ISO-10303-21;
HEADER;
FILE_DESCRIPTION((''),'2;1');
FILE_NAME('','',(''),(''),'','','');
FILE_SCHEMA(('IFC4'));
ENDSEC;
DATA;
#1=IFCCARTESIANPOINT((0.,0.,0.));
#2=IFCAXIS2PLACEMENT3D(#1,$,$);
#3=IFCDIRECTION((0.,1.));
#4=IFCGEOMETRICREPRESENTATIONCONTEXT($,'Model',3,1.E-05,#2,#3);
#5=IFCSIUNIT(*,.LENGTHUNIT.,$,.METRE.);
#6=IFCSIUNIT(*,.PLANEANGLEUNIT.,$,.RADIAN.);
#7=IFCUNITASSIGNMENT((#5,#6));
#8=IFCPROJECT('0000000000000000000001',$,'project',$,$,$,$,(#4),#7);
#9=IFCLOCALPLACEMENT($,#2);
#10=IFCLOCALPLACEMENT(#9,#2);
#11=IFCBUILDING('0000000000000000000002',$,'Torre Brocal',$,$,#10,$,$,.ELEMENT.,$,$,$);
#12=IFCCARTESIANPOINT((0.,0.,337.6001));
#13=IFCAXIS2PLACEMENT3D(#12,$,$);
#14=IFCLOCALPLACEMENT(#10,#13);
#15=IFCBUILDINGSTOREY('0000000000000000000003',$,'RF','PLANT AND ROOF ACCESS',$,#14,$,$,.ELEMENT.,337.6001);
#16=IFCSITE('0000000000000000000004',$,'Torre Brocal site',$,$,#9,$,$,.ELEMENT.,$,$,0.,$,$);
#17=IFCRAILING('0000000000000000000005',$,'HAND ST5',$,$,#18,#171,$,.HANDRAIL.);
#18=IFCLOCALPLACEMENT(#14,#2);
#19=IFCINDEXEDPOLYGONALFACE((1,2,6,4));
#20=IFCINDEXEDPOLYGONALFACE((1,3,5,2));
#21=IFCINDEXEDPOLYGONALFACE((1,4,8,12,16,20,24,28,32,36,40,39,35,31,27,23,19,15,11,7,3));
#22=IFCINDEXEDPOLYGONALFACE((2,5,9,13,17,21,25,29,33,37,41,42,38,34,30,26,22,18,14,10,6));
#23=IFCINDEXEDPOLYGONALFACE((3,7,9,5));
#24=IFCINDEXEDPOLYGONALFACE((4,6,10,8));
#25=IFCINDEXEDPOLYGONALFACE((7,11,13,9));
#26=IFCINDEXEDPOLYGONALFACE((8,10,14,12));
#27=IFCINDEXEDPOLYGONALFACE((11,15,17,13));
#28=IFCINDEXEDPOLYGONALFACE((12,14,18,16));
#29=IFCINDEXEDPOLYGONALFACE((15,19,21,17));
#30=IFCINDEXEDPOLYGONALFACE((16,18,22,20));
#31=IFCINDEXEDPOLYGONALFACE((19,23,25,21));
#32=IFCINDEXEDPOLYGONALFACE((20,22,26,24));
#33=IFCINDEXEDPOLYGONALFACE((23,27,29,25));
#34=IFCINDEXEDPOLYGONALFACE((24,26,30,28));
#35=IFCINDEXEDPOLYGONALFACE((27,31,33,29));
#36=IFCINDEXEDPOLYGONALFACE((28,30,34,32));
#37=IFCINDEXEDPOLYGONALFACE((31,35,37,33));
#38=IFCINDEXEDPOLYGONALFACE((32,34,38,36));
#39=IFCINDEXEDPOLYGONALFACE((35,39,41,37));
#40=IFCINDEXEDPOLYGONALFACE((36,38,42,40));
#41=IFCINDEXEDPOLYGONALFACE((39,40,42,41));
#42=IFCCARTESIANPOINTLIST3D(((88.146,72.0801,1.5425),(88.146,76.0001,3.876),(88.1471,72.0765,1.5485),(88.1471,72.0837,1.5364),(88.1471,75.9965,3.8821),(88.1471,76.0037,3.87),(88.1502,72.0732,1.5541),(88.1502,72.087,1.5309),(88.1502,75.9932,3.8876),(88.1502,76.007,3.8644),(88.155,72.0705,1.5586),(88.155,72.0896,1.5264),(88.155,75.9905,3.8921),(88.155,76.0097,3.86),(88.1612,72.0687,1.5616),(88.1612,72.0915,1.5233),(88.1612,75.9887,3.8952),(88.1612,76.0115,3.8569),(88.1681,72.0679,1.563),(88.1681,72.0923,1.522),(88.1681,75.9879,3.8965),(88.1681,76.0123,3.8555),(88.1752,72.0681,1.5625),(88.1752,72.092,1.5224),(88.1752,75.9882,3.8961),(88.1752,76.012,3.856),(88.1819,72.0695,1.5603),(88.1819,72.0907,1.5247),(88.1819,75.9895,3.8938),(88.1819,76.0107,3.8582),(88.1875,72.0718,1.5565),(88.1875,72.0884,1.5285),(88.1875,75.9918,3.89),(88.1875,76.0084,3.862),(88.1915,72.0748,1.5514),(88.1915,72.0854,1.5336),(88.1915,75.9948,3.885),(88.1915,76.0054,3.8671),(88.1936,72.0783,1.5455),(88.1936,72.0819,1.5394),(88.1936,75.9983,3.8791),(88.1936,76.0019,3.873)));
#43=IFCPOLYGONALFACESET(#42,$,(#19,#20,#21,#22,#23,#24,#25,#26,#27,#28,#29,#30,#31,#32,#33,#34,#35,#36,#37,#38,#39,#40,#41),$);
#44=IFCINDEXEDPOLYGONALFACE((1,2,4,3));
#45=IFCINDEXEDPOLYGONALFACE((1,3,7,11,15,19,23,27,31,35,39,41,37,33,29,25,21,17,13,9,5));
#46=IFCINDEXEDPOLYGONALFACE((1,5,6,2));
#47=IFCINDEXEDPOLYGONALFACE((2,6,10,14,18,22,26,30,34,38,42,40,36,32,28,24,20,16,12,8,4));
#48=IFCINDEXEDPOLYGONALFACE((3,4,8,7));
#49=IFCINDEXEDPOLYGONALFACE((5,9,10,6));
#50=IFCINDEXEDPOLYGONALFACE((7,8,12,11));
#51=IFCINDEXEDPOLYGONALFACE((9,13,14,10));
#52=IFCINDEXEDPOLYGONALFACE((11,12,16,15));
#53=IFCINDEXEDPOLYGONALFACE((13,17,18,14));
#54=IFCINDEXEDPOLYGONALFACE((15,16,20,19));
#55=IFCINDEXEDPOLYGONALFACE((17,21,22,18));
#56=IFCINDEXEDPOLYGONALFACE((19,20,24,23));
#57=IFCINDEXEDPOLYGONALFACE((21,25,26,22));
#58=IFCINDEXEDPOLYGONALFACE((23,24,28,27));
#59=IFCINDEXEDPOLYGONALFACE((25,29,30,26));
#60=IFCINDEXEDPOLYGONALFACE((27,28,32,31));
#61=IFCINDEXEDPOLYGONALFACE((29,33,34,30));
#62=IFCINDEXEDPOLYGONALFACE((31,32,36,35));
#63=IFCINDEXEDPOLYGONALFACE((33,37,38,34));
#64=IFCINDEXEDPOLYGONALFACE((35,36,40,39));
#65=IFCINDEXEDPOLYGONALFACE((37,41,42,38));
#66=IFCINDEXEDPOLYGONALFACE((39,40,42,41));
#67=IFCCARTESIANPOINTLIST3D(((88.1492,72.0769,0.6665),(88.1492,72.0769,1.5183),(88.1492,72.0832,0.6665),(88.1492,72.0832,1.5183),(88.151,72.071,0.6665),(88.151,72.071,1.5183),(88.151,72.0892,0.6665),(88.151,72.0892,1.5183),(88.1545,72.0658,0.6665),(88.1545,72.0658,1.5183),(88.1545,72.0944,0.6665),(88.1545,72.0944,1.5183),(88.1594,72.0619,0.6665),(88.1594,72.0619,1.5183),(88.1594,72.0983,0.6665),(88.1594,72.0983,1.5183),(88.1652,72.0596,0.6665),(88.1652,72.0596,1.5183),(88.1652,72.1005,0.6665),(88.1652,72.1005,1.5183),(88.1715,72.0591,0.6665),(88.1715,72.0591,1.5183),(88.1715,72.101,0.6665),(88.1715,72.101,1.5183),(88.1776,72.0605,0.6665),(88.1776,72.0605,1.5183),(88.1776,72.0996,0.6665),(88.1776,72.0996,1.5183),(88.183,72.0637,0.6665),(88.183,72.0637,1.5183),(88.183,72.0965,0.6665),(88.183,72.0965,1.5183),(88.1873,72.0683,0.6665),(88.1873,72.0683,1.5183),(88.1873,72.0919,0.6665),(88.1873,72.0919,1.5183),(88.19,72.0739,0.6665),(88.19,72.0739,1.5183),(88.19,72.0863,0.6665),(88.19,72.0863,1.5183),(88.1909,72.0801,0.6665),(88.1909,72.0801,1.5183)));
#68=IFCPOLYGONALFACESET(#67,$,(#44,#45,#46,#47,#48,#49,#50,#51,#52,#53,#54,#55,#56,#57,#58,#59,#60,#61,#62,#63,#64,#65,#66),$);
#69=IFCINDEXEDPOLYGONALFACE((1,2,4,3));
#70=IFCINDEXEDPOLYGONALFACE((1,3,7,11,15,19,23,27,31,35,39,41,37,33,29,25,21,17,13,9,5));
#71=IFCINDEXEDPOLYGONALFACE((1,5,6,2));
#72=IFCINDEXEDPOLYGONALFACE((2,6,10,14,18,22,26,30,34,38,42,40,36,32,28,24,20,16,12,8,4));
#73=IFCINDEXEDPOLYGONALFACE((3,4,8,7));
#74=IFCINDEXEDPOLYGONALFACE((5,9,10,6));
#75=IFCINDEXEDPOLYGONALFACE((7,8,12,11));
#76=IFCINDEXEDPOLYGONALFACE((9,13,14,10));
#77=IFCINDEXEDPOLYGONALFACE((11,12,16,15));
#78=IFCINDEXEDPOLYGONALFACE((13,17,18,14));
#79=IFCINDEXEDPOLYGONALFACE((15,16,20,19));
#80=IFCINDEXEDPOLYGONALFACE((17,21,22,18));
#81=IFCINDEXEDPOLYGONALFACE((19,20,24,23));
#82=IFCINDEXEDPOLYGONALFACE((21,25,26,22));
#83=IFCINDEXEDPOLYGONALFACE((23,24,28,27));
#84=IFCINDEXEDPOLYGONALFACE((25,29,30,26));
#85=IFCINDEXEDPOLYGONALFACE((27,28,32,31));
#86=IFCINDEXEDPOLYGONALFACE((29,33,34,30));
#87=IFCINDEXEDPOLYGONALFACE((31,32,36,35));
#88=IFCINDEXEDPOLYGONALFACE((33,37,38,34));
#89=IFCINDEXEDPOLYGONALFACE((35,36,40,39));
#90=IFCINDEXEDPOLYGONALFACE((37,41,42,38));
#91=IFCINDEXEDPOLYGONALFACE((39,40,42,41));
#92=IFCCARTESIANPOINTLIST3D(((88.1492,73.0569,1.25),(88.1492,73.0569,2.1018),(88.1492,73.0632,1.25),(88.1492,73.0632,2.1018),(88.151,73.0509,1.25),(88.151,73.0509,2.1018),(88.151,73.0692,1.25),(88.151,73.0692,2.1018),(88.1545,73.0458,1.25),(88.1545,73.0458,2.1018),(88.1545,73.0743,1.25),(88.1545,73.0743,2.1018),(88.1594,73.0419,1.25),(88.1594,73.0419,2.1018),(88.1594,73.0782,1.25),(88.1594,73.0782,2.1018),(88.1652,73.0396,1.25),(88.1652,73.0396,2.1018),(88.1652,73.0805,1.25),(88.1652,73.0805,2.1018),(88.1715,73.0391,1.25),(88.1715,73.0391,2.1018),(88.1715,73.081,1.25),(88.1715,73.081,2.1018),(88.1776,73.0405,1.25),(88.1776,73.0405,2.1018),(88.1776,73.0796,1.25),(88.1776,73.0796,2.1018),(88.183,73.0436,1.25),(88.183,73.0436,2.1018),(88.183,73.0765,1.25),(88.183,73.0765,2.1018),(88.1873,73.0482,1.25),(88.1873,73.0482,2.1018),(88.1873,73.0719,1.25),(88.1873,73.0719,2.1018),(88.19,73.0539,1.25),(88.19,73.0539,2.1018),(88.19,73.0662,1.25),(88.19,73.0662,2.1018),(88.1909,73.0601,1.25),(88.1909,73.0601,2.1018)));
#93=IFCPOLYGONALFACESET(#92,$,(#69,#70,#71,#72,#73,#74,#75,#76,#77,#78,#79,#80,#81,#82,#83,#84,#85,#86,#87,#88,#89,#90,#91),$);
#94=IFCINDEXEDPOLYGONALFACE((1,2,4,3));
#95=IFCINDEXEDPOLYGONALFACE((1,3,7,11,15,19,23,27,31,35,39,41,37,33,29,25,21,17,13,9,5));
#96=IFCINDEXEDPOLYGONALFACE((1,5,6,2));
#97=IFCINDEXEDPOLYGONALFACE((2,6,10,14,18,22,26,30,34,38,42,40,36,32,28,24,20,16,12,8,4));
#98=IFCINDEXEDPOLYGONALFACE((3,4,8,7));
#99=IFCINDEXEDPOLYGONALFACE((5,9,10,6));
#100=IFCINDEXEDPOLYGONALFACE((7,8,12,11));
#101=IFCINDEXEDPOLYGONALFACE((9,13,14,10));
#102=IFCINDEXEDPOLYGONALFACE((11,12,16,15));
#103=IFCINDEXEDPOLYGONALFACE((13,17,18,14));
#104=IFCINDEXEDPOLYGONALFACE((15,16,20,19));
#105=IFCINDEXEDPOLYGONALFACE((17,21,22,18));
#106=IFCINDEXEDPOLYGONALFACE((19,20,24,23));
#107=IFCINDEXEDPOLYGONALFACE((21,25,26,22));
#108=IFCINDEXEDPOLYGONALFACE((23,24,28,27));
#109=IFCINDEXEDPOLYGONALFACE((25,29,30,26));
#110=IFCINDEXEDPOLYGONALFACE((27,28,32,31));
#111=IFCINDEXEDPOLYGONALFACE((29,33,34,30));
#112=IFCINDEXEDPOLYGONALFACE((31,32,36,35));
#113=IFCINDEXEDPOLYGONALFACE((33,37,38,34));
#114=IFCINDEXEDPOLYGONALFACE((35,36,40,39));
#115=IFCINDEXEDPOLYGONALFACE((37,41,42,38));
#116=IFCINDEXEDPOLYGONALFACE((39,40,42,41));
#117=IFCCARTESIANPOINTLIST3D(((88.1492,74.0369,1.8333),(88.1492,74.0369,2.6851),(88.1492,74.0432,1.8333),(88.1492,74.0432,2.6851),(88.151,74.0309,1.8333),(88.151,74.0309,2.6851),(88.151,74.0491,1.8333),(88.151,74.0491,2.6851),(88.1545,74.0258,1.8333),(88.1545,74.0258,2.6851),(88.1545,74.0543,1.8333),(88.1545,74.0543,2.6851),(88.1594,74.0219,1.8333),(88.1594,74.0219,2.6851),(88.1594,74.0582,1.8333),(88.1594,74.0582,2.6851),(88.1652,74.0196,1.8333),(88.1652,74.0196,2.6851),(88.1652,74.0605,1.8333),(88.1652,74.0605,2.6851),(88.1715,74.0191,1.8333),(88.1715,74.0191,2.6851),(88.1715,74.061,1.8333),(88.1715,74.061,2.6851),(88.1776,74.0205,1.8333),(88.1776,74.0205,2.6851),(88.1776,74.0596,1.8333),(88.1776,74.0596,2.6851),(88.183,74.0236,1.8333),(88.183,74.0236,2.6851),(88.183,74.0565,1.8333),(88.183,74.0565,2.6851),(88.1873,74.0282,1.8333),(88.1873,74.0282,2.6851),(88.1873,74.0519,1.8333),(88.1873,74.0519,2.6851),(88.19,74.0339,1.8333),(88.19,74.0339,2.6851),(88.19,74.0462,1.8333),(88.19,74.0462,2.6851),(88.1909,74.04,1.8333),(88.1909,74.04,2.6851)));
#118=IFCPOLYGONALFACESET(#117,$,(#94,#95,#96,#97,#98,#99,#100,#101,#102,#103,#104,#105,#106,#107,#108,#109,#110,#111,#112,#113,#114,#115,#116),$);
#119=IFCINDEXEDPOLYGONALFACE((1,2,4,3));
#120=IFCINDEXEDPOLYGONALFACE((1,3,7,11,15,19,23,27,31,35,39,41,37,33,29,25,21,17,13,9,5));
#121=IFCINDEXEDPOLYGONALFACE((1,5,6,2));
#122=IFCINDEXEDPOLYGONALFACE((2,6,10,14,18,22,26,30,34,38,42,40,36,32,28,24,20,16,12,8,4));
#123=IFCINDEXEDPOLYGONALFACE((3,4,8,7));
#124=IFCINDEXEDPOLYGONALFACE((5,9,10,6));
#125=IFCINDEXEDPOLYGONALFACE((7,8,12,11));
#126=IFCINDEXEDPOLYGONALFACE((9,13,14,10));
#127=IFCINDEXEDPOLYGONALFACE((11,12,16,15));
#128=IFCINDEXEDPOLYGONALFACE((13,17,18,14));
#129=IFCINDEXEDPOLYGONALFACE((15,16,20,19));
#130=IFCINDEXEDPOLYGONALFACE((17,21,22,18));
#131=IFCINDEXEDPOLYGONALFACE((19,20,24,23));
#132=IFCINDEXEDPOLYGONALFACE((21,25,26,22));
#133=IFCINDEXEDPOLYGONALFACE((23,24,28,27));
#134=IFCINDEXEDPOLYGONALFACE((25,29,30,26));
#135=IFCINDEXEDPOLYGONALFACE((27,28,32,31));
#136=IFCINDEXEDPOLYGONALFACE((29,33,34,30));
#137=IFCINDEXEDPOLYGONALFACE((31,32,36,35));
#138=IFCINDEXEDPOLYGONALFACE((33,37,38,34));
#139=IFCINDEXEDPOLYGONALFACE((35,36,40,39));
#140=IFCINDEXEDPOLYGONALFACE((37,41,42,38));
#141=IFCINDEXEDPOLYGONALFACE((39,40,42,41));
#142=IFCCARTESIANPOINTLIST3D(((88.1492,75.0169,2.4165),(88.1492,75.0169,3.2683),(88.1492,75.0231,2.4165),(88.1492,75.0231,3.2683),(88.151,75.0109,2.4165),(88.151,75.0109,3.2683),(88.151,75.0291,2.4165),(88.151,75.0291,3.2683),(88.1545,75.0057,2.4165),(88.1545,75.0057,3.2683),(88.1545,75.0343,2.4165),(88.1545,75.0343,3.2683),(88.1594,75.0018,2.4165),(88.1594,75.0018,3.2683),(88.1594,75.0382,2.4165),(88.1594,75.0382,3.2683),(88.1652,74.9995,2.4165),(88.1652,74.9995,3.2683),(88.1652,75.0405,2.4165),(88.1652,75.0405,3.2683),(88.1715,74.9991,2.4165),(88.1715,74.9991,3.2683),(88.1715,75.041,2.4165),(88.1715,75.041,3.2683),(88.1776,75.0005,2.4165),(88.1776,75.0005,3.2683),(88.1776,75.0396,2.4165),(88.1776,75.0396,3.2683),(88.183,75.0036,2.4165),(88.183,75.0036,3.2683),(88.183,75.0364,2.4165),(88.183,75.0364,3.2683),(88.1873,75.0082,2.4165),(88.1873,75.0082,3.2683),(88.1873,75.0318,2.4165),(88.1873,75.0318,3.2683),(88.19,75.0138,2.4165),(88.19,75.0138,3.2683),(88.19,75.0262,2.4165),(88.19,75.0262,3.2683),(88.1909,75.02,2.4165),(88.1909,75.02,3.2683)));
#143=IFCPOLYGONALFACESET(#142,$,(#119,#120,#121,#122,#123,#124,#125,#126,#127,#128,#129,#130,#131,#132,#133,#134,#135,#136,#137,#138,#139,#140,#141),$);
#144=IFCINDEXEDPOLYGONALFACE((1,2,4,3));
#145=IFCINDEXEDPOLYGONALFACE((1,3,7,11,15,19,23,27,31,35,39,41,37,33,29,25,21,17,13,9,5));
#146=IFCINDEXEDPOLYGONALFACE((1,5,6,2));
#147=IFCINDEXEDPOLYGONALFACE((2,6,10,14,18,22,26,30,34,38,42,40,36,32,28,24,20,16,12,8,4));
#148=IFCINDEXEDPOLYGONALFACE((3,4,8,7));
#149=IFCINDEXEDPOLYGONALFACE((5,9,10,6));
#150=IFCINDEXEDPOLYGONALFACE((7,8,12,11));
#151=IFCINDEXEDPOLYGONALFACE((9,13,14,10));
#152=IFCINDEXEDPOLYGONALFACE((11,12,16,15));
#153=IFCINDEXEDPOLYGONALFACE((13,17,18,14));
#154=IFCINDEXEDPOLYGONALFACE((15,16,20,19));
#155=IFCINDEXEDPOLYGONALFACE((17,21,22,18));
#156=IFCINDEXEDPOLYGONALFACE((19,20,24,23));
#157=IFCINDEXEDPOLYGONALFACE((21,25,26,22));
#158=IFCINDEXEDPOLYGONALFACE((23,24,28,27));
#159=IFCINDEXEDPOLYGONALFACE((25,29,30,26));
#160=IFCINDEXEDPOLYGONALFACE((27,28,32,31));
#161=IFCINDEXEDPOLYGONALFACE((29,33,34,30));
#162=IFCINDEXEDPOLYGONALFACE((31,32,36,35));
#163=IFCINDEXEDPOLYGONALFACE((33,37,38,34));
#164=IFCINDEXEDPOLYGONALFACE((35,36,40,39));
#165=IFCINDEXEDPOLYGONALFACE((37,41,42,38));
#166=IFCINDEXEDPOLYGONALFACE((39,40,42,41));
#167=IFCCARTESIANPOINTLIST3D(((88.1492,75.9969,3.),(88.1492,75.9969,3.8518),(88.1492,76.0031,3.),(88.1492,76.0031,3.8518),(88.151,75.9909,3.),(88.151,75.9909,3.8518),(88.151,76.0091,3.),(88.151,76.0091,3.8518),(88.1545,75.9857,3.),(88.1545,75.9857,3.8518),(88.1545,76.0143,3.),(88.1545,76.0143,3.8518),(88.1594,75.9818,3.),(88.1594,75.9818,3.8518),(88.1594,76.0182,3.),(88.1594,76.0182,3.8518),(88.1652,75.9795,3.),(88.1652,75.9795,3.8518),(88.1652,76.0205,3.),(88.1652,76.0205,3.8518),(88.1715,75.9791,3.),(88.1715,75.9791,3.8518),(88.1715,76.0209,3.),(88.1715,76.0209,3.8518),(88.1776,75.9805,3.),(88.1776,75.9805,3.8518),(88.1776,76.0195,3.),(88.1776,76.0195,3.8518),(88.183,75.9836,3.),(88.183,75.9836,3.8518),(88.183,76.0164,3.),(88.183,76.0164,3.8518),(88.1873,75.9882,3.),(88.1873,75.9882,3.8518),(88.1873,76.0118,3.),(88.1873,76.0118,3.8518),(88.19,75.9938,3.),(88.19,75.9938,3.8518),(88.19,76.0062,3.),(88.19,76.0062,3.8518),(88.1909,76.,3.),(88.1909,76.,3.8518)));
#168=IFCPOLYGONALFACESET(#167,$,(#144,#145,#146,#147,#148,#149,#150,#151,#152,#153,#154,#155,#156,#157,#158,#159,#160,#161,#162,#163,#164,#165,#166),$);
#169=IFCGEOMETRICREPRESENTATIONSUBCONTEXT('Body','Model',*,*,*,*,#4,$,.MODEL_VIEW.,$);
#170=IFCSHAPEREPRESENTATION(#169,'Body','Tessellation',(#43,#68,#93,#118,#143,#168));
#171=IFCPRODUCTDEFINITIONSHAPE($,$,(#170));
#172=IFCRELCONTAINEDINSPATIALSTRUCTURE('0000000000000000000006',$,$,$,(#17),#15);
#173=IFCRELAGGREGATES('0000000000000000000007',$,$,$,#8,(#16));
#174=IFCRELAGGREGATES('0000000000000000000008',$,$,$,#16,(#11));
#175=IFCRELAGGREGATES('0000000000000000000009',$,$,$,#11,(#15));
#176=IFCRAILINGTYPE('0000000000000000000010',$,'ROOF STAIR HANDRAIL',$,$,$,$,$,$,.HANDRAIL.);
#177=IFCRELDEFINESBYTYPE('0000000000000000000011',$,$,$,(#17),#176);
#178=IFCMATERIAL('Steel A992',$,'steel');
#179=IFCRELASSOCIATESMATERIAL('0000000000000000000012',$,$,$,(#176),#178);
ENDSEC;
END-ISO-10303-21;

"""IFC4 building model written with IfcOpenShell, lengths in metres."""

from ifc_helpers import new_model, si_unit, direction, frame, origin, origin_2d, place, context, subcontext, project, spatial, circle, extrude, material, type_object, element, save


model = new_model("IFC4")

# Units and contexts
model_context = context("Model", 3, precision=1e-05, world=origin(), true_north=direction((0.0, 1.0)))
body_context = subcontext(model_context, "Body", "Model", "MODEL_VIEW")
ifc_project = project(units=[si_unit("LENGTHUNIT", "METRE"), si_unit("PLANEANGLEUNIT", "RADIAN")], contexts=[model_context])

# Site, building, storey
site_placement = place(None, origin())
site = spatial("IfcSite", under=ifc_project, at=site_placement, Name="Torre Brocal site", CompositionType="ELEMENT", RefElevation=0.0)
building_placement = place(site_placement, origin())
building = spatial("IfcBuilding", under=site, at=building_placement, Name="Torre Brocal", CompositionType="ELEMENT")
storey_placement = place(building_placement, frame((0.0, 0.0, 337.6001)))
storey = spatial("IfcBuildingStorey", under=building, at=storey_placement, Name="RF", Description="PLANT AND ROOF ACCESS", CompositionType="ELEMENT", Elevation=337.6001)

# Railing
ifc_material_1 = material(Name="Steel A992", Category="steel")
railing_type_1 = type_object("IfcRailingType", Name="ROOF STAIR HANDRAIL", PredefinedType="HANDRAIL", material=ifc_material_1)
for number, where, name in (
    (1, (88.1699, 72.0801, 0.6665), "HAND ST5"),
):
    element("IfcRailing", number, at=place(storey_placement, frame(where)), inside=storey, type_object=railing_type_1, Name=name, PredefinedType="HANDRAIL", context=body_context, shape_type="SweptSolid", body=[
        extrude(circle(Radius=0.0239, at=origin_2d()), frame((0.0, 0.0, 0.876), z_axis=(0.0, 0.859273, 0.511518), x_axis=(-1.0, 0.0, 0.0)), (0.0, 0.0, 1.0), 4.562),
        extrude(circle(Radius=0.021, at=origin_2d()), origin(), (0.0, 0.0, 1.0), 0.8518),
        extrude(circle(Radius=0.021, at=origin_2d()), frame((0.0, 0.98, 0.5835)), (0.0, 0.0, 1.0), 0.8518),
        extrude(circle(Radius=0.021, at=origin_2d()), frame((0.0, 1.96, 1.1667)), (0.0, 0.0, 1.0), 0.8518),
        extrude(circle(Radius=0.021, at=origin_2d()), frame((0.0, 2.9399, 1.75)), (0.0, 0.0, 1.0), 0.8518),
        extrude(circle(Radius=0.021, at=origin_2d()), frame((0.0, 3.9199, 2.3335)), (0.0, 0.0, 1.0), 0.8518),
    ])

save(model, "model.ifc")
